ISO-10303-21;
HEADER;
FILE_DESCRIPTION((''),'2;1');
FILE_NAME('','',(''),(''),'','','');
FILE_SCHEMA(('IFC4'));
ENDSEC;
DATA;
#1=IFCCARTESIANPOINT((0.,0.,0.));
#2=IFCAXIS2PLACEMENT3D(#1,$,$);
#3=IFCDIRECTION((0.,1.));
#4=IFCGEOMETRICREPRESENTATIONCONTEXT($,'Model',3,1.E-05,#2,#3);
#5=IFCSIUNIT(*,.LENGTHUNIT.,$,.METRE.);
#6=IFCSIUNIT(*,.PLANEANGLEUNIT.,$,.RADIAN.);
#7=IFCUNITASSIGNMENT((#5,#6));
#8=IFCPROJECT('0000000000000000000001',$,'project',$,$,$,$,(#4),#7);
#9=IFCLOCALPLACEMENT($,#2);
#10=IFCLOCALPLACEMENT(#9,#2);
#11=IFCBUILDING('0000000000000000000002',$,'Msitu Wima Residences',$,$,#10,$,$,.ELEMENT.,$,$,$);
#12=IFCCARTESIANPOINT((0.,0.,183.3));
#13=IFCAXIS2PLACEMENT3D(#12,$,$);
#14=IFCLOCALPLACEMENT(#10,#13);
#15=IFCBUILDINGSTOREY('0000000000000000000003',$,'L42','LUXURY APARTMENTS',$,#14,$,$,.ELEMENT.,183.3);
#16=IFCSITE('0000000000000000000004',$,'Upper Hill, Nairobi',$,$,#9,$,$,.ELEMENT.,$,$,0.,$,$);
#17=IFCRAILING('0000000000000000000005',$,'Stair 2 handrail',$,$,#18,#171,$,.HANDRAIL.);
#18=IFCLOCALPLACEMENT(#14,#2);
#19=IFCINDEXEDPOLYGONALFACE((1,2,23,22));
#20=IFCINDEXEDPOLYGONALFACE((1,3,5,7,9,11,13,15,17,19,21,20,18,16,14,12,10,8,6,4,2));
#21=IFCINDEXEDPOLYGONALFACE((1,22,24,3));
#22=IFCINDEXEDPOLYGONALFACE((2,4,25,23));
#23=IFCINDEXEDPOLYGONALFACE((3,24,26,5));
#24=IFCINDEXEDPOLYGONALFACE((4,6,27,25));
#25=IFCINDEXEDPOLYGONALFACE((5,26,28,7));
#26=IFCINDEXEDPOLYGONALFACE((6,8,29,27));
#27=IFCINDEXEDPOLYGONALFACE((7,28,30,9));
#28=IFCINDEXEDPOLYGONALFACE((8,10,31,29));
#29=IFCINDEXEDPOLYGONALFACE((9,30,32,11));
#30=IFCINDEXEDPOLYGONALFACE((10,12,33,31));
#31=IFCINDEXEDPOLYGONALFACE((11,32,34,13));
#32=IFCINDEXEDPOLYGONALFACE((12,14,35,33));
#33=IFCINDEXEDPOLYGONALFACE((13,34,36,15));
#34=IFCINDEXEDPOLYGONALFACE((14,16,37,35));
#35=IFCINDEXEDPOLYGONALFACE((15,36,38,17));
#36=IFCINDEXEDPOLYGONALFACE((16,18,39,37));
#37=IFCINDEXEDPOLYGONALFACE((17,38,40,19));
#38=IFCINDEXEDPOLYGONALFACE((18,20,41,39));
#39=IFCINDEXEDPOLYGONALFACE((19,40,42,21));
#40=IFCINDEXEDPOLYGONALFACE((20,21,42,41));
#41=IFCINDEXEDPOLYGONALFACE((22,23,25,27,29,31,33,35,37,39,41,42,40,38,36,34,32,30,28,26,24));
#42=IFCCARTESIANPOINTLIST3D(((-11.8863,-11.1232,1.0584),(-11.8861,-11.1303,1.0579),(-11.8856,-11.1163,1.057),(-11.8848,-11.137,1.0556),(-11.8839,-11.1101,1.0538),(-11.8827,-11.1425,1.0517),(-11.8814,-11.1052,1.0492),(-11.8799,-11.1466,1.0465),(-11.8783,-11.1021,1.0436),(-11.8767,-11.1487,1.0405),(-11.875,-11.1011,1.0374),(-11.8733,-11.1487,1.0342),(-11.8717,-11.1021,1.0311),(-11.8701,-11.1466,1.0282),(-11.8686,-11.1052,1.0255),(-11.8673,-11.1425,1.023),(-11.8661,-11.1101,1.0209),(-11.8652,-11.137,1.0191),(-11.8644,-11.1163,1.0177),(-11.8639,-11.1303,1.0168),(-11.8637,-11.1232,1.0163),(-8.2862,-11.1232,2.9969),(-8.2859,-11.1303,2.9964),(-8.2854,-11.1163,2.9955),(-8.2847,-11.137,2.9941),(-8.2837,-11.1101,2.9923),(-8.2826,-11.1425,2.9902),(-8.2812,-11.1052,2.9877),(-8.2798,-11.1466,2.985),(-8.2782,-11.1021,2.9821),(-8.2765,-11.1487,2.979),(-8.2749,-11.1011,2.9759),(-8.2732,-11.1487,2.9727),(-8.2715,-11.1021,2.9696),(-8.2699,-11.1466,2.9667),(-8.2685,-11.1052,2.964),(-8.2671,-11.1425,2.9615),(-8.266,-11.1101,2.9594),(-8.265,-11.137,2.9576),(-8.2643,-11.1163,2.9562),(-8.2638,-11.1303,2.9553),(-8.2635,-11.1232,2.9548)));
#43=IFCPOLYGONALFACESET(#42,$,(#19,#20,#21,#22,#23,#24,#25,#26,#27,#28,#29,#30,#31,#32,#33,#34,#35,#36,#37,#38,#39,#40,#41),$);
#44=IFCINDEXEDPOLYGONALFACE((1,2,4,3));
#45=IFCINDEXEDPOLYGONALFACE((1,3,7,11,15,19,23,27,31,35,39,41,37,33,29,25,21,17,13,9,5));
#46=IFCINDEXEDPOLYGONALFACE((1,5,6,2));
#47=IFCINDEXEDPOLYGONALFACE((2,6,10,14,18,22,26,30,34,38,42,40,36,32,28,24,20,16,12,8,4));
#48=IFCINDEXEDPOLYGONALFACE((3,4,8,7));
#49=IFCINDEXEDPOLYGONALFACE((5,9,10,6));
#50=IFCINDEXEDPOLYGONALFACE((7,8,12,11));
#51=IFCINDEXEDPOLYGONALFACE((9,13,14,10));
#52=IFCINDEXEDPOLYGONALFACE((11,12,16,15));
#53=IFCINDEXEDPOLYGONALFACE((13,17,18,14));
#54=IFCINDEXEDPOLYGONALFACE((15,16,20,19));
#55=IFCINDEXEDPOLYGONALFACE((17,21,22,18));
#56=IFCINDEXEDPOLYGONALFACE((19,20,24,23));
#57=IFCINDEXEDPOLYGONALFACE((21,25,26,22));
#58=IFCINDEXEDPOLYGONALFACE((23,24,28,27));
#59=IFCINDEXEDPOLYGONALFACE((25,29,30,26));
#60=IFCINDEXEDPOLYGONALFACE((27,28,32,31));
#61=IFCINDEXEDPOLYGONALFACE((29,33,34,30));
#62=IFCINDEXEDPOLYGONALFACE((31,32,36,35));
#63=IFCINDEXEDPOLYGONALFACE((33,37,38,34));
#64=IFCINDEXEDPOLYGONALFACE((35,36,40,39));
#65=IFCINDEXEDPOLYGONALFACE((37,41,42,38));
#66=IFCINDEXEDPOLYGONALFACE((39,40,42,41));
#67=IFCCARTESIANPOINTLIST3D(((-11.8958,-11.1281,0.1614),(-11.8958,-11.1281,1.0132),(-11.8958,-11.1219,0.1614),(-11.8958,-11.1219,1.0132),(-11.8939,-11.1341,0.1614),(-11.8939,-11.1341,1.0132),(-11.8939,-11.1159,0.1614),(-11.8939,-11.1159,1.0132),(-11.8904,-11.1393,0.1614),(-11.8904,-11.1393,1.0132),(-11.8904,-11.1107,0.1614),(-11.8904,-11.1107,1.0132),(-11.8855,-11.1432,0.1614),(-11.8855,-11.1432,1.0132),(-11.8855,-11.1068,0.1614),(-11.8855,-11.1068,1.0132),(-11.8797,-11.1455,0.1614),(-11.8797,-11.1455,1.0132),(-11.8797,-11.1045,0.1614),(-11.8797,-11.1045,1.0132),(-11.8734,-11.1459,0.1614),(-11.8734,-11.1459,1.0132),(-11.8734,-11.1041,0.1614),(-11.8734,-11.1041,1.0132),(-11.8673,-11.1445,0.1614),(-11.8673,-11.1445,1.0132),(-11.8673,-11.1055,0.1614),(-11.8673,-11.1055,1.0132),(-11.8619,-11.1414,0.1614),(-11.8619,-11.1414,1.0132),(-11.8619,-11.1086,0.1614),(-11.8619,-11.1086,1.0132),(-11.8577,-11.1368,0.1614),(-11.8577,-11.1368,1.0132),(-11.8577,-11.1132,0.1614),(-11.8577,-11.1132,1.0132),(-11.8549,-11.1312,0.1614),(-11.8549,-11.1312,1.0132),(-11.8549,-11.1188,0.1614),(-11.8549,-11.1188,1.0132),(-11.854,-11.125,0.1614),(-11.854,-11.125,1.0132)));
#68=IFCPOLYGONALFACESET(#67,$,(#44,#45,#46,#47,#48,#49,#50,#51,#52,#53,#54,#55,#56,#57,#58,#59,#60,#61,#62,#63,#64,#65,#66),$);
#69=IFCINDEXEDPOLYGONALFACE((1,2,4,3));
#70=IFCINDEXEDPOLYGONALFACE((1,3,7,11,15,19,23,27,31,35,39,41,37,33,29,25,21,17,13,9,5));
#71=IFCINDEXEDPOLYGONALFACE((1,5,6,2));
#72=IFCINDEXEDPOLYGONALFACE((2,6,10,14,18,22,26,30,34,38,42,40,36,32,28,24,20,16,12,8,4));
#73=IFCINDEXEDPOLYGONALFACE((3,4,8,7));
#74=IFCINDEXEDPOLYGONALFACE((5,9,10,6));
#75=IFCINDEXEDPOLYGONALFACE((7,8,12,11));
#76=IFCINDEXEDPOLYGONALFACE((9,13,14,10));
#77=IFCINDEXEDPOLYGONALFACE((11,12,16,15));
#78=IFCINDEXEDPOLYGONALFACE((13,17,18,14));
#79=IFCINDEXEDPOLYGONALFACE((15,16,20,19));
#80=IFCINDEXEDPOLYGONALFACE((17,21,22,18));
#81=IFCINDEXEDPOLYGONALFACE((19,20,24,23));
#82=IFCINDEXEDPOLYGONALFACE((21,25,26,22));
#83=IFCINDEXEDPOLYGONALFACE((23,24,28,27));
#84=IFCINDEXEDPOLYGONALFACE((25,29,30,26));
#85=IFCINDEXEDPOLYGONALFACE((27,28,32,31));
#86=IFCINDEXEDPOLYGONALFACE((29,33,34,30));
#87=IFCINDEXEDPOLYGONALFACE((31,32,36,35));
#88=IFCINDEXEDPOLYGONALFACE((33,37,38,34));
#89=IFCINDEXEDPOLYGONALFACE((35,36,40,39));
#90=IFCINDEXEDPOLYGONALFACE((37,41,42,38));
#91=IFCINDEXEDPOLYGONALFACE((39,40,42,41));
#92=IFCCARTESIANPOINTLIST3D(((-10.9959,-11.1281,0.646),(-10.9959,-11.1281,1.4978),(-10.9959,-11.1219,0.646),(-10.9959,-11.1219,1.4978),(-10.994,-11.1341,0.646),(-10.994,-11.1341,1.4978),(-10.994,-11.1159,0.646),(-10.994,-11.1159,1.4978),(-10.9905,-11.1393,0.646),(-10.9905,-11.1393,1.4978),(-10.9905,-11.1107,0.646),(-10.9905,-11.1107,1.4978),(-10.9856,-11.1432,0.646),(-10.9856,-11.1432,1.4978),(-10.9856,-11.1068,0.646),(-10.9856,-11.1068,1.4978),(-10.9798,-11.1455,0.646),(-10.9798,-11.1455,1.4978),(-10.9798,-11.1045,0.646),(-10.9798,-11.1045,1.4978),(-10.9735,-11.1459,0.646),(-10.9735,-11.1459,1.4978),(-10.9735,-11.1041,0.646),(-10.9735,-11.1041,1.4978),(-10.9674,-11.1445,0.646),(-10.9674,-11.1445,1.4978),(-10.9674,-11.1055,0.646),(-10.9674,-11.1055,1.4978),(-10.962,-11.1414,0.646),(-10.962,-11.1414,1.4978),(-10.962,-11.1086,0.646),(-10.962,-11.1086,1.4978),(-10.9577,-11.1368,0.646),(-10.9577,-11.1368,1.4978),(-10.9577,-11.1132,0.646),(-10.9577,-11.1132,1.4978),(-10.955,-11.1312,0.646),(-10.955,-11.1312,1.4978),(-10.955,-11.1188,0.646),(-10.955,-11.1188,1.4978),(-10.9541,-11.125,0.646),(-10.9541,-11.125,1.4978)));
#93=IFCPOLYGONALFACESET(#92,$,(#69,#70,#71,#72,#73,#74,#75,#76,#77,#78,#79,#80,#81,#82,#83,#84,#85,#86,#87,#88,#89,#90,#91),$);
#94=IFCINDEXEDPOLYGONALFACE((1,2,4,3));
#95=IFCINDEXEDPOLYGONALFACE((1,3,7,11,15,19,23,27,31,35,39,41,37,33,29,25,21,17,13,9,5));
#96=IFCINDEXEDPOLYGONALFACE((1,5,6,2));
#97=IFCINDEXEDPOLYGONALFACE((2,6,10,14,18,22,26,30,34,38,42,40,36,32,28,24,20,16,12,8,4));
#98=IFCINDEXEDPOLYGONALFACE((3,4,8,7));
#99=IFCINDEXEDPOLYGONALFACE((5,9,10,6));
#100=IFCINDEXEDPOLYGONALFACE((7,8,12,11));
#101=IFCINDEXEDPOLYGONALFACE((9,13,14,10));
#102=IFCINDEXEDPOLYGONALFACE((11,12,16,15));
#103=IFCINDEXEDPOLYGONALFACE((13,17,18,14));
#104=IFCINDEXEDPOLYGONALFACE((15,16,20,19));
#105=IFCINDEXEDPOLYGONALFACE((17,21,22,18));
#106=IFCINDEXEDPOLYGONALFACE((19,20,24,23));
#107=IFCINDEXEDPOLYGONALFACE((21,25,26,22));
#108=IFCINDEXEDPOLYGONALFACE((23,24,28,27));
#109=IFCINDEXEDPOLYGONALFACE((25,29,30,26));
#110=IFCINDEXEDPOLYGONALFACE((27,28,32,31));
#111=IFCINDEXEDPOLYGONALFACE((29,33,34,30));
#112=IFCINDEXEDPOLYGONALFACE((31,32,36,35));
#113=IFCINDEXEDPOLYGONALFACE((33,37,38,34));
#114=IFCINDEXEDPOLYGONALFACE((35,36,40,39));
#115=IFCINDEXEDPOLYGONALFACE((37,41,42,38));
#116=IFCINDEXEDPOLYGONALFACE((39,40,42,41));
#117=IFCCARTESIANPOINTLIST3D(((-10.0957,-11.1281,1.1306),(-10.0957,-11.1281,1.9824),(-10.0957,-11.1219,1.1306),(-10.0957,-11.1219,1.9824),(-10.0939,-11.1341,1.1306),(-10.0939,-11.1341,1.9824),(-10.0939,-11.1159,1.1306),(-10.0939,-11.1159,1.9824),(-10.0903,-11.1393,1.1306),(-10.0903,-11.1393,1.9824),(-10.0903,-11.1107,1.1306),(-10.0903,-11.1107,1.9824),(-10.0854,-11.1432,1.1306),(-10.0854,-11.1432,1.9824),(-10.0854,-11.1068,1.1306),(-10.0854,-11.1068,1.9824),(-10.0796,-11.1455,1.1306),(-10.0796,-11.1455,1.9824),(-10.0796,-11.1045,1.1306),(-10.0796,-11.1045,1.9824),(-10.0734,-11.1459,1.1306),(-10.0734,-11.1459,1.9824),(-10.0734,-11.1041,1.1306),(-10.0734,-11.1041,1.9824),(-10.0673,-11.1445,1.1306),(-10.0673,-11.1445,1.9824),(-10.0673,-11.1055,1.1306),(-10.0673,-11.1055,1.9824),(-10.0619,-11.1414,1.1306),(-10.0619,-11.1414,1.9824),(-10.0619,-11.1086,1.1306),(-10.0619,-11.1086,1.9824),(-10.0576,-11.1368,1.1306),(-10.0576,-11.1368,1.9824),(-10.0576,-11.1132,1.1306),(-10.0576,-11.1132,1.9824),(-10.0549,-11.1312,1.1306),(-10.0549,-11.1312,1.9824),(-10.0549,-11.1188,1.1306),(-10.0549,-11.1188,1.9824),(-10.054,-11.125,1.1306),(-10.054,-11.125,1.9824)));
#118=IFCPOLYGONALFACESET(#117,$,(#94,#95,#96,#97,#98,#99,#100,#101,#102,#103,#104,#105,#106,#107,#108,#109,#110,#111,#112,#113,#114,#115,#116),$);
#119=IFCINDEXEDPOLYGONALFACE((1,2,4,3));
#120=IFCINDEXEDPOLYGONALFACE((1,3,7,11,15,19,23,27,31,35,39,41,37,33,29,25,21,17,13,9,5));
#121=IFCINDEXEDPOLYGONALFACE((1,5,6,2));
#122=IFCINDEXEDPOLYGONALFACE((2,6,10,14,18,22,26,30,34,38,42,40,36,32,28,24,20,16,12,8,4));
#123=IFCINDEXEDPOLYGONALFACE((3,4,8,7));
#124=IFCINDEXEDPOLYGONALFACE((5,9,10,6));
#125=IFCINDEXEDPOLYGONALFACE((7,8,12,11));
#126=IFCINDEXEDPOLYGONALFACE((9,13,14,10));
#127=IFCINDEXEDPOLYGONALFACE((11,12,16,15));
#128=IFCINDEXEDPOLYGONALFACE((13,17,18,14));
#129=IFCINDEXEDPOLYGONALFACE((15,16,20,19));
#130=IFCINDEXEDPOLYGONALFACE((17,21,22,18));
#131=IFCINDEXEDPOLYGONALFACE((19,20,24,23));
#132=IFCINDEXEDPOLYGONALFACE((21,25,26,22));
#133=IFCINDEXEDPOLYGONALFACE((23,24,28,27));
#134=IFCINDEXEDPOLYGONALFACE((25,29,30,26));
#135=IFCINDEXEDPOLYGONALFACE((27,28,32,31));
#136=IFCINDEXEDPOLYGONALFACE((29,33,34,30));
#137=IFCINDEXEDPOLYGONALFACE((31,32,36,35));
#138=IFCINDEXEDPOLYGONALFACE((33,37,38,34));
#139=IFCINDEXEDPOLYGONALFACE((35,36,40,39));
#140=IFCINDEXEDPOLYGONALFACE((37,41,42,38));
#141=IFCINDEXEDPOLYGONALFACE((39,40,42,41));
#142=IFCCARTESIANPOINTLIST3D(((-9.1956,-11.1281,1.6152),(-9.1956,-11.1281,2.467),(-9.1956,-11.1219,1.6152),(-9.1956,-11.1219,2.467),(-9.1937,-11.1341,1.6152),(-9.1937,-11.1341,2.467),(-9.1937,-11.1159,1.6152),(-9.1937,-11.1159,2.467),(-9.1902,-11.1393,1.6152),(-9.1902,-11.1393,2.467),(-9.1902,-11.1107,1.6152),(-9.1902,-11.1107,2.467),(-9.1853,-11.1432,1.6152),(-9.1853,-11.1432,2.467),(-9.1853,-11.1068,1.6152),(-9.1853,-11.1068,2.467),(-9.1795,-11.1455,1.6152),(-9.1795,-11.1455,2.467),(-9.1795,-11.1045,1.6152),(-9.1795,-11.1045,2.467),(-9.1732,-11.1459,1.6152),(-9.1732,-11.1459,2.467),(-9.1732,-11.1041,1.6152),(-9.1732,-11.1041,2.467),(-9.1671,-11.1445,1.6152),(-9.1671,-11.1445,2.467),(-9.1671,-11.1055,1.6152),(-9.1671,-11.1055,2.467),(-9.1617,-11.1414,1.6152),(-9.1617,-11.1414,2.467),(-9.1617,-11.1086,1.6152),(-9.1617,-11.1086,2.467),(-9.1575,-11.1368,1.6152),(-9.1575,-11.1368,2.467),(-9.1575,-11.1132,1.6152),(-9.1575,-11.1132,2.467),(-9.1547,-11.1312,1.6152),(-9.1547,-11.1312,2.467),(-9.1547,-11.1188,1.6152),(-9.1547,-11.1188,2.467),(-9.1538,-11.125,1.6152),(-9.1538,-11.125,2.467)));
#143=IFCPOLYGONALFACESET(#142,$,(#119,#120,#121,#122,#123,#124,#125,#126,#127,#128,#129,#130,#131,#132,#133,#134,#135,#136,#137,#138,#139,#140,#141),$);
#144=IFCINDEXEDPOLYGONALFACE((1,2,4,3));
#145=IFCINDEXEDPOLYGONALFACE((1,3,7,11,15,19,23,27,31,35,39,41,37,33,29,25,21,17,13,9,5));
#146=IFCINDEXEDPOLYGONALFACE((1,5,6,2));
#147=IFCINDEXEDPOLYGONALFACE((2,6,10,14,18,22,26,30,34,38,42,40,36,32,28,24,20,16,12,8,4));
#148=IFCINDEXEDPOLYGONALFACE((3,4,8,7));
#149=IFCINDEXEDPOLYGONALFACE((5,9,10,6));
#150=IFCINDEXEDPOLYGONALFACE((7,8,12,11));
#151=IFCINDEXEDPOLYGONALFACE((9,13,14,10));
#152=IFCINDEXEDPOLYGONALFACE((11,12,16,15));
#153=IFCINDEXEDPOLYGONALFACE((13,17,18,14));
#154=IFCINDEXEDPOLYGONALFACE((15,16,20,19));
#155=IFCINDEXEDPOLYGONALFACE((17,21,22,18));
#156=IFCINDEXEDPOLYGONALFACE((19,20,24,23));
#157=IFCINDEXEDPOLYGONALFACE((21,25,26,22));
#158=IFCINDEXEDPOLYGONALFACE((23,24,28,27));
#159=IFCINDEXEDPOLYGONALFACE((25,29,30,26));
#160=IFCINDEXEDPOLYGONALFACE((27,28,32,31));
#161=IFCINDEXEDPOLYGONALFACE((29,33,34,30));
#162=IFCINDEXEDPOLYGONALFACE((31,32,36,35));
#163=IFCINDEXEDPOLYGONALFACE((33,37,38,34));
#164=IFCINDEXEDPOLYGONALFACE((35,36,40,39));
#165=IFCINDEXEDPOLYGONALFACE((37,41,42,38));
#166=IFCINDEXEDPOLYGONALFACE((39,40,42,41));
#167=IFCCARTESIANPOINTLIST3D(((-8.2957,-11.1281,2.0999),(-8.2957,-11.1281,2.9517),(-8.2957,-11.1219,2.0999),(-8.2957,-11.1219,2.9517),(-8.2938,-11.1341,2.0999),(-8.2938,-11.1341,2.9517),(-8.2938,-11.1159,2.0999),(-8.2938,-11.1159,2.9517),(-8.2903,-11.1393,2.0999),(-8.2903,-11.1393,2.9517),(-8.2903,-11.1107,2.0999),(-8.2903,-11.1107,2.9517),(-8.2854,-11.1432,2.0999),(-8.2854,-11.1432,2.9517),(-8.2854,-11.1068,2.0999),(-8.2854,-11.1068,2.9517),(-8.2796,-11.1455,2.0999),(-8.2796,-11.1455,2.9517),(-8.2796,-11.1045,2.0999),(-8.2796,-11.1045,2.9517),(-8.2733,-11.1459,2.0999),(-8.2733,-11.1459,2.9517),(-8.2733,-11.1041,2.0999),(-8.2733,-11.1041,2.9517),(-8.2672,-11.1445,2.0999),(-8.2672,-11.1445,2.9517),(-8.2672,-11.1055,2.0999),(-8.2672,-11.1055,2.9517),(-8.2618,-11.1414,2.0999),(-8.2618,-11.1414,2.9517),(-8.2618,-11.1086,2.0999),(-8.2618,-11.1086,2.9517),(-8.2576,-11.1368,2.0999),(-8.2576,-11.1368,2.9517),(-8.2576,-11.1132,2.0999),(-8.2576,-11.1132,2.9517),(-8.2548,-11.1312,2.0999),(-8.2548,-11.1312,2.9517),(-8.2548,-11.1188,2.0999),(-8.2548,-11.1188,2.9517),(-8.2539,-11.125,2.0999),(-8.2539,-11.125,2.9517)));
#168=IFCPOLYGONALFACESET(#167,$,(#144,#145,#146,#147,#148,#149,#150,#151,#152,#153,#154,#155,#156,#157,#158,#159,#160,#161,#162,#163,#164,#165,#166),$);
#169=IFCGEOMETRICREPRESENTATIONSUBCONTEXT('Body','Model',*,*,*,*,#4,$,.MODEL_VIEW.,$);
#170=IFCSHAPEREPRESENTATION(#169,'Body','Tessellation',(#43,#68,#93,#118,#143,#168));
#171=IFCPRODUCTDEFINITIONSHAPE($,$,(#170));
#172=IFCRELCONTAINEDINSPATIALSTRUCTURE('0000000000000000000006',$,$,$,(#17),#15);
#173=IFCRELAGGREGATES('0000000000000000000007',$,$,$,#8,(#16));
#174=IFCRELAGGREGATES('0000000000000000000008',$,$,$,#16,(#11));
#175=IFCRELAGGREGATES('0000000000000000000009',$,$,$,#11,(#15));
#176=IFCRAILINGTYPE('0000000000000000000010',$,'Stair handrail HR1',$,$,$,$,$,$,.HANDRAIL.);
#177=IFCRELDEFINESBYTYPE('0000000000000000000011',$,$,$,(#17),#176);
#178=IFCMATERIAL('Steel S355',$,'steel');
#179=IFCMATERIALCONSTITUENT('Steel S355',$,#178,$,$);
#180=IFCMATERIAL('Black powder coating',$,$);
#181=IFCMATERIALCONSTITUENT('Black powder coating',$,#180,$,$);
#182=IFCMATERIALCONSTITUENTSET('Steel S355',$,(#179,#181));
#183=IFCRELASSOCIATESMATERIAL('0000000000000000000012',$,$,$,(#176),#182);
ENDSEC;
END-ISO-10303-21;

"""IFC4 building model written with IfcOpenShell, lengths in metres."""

from ifc_helpers import new_model, si_unit, direction, frame, origin, origin_2d, place, context, subcontext, project, spatial, circle, extrude, material, constituent, constituent_set, type_object, element, save


model = new_model("IFC4")

# Units and contexts
model_context = context("Model", 3, precision=1e-05, world=origin(), true_north=direction((0.0, 1.0)))
body_context = subcontext(model_context, "Body", "Model", "MODEL_VIEW")
ifc_project = project(units=[si_unit("LENGTHUNIT", "METRE"), si_unit("PLANEANGLEUNIT", "RADIAN")], contexts=[model_context])

# Site, building, storey
site_placement = place(None, origin())
site = spatial("IfcSite", under=ifc_project, at=site_placement, Name="Upper Hill, Nairobi", CompositionType="ELEMENT", RefElevation=0.0)
building_placement = place(site_placement, origin())
building = spatial("IfcBuilding", under=site, at=building_placement, Name="Msitu Wima Residences", CompositionType="ELEMENT")
storey_placement = place(building_placement, frame((0.0, 0.0, 183.3)))
storey = spatial("IfcBuildingStorey", under=building, at=storey_placement, Name="L42", Description="LUXURY APARTMENTS", CompositionType="ELEMENT", Elevation=183.3)

# Railing
ifc_material_1 = material(Name="Steel S355", Category="steel")
ifc_constituent_1 = constituent(ifc_material_1, Name="Steel S355")
ifc_material_2 = material(Name="Black powder coating")
ifc_constituent_2 = constituent(ifc_material_2, Name="Black powder coating")
ifc_constituent_set = constituent_set(constituents=[ifc_constituent_1, ifc_constituent_2], Name="Steel S355")
railing_type = type_object("IfcRailingType", Name="Stair handrail HR1", PredefinedType="HANDRAIL", material=ifc_constituent_set)
for number, where, name in (
    (1, (-11.875, -11.125, 0.1614), "Stair 2 handrail"),
):
    element("IfcRailing", number, at=place(storey_placement, frame(where)), inside=storey, type_object=railing_type, Name=name, PredefinedType="HANDRAIL", context=body_context, shape_type="SweptSolid", body=[
        extrude(circle(Radius=0.0239, at=origin_2d()), frame((0.0, 0.0, 0.876), z_axis=(0.880475, 0.0, 0.474093), x_axis=(0.0, 1.0, 0.0)), (0.0, 0.0, 1.0), 4.0889),
        extrude(circle(Radius=0.021, at=origin_2d()), origin(), (0.0, 0.0, 1.0), 0.8518),
        extrude(circle(Radius=0.021, at=origin_2d()), frame((0.8999, 0.0, 0.4846)), (0.0, 0.0, 1.0), 0.8518),
        extrude(circle(Radius=0.021, at=origin_2d()), frame((1.8, 0.0, 0.9692)), (0.0, 0.0, 1.0), 0.8518),
        extrude(circle(Radius=0.021, at=origin_2d()), frame((2.7002, 0.0, 1.4539)), (0.0, 0.0, 1.0), 0.8518),
        extrude(circle(Radius=0.021, at=origin_2d()), frame((3.6001, 0.0, 1.9385)), (0.0, 0.0, 1.0), 0.8518),
    ])

save(model, "model.ifc")
